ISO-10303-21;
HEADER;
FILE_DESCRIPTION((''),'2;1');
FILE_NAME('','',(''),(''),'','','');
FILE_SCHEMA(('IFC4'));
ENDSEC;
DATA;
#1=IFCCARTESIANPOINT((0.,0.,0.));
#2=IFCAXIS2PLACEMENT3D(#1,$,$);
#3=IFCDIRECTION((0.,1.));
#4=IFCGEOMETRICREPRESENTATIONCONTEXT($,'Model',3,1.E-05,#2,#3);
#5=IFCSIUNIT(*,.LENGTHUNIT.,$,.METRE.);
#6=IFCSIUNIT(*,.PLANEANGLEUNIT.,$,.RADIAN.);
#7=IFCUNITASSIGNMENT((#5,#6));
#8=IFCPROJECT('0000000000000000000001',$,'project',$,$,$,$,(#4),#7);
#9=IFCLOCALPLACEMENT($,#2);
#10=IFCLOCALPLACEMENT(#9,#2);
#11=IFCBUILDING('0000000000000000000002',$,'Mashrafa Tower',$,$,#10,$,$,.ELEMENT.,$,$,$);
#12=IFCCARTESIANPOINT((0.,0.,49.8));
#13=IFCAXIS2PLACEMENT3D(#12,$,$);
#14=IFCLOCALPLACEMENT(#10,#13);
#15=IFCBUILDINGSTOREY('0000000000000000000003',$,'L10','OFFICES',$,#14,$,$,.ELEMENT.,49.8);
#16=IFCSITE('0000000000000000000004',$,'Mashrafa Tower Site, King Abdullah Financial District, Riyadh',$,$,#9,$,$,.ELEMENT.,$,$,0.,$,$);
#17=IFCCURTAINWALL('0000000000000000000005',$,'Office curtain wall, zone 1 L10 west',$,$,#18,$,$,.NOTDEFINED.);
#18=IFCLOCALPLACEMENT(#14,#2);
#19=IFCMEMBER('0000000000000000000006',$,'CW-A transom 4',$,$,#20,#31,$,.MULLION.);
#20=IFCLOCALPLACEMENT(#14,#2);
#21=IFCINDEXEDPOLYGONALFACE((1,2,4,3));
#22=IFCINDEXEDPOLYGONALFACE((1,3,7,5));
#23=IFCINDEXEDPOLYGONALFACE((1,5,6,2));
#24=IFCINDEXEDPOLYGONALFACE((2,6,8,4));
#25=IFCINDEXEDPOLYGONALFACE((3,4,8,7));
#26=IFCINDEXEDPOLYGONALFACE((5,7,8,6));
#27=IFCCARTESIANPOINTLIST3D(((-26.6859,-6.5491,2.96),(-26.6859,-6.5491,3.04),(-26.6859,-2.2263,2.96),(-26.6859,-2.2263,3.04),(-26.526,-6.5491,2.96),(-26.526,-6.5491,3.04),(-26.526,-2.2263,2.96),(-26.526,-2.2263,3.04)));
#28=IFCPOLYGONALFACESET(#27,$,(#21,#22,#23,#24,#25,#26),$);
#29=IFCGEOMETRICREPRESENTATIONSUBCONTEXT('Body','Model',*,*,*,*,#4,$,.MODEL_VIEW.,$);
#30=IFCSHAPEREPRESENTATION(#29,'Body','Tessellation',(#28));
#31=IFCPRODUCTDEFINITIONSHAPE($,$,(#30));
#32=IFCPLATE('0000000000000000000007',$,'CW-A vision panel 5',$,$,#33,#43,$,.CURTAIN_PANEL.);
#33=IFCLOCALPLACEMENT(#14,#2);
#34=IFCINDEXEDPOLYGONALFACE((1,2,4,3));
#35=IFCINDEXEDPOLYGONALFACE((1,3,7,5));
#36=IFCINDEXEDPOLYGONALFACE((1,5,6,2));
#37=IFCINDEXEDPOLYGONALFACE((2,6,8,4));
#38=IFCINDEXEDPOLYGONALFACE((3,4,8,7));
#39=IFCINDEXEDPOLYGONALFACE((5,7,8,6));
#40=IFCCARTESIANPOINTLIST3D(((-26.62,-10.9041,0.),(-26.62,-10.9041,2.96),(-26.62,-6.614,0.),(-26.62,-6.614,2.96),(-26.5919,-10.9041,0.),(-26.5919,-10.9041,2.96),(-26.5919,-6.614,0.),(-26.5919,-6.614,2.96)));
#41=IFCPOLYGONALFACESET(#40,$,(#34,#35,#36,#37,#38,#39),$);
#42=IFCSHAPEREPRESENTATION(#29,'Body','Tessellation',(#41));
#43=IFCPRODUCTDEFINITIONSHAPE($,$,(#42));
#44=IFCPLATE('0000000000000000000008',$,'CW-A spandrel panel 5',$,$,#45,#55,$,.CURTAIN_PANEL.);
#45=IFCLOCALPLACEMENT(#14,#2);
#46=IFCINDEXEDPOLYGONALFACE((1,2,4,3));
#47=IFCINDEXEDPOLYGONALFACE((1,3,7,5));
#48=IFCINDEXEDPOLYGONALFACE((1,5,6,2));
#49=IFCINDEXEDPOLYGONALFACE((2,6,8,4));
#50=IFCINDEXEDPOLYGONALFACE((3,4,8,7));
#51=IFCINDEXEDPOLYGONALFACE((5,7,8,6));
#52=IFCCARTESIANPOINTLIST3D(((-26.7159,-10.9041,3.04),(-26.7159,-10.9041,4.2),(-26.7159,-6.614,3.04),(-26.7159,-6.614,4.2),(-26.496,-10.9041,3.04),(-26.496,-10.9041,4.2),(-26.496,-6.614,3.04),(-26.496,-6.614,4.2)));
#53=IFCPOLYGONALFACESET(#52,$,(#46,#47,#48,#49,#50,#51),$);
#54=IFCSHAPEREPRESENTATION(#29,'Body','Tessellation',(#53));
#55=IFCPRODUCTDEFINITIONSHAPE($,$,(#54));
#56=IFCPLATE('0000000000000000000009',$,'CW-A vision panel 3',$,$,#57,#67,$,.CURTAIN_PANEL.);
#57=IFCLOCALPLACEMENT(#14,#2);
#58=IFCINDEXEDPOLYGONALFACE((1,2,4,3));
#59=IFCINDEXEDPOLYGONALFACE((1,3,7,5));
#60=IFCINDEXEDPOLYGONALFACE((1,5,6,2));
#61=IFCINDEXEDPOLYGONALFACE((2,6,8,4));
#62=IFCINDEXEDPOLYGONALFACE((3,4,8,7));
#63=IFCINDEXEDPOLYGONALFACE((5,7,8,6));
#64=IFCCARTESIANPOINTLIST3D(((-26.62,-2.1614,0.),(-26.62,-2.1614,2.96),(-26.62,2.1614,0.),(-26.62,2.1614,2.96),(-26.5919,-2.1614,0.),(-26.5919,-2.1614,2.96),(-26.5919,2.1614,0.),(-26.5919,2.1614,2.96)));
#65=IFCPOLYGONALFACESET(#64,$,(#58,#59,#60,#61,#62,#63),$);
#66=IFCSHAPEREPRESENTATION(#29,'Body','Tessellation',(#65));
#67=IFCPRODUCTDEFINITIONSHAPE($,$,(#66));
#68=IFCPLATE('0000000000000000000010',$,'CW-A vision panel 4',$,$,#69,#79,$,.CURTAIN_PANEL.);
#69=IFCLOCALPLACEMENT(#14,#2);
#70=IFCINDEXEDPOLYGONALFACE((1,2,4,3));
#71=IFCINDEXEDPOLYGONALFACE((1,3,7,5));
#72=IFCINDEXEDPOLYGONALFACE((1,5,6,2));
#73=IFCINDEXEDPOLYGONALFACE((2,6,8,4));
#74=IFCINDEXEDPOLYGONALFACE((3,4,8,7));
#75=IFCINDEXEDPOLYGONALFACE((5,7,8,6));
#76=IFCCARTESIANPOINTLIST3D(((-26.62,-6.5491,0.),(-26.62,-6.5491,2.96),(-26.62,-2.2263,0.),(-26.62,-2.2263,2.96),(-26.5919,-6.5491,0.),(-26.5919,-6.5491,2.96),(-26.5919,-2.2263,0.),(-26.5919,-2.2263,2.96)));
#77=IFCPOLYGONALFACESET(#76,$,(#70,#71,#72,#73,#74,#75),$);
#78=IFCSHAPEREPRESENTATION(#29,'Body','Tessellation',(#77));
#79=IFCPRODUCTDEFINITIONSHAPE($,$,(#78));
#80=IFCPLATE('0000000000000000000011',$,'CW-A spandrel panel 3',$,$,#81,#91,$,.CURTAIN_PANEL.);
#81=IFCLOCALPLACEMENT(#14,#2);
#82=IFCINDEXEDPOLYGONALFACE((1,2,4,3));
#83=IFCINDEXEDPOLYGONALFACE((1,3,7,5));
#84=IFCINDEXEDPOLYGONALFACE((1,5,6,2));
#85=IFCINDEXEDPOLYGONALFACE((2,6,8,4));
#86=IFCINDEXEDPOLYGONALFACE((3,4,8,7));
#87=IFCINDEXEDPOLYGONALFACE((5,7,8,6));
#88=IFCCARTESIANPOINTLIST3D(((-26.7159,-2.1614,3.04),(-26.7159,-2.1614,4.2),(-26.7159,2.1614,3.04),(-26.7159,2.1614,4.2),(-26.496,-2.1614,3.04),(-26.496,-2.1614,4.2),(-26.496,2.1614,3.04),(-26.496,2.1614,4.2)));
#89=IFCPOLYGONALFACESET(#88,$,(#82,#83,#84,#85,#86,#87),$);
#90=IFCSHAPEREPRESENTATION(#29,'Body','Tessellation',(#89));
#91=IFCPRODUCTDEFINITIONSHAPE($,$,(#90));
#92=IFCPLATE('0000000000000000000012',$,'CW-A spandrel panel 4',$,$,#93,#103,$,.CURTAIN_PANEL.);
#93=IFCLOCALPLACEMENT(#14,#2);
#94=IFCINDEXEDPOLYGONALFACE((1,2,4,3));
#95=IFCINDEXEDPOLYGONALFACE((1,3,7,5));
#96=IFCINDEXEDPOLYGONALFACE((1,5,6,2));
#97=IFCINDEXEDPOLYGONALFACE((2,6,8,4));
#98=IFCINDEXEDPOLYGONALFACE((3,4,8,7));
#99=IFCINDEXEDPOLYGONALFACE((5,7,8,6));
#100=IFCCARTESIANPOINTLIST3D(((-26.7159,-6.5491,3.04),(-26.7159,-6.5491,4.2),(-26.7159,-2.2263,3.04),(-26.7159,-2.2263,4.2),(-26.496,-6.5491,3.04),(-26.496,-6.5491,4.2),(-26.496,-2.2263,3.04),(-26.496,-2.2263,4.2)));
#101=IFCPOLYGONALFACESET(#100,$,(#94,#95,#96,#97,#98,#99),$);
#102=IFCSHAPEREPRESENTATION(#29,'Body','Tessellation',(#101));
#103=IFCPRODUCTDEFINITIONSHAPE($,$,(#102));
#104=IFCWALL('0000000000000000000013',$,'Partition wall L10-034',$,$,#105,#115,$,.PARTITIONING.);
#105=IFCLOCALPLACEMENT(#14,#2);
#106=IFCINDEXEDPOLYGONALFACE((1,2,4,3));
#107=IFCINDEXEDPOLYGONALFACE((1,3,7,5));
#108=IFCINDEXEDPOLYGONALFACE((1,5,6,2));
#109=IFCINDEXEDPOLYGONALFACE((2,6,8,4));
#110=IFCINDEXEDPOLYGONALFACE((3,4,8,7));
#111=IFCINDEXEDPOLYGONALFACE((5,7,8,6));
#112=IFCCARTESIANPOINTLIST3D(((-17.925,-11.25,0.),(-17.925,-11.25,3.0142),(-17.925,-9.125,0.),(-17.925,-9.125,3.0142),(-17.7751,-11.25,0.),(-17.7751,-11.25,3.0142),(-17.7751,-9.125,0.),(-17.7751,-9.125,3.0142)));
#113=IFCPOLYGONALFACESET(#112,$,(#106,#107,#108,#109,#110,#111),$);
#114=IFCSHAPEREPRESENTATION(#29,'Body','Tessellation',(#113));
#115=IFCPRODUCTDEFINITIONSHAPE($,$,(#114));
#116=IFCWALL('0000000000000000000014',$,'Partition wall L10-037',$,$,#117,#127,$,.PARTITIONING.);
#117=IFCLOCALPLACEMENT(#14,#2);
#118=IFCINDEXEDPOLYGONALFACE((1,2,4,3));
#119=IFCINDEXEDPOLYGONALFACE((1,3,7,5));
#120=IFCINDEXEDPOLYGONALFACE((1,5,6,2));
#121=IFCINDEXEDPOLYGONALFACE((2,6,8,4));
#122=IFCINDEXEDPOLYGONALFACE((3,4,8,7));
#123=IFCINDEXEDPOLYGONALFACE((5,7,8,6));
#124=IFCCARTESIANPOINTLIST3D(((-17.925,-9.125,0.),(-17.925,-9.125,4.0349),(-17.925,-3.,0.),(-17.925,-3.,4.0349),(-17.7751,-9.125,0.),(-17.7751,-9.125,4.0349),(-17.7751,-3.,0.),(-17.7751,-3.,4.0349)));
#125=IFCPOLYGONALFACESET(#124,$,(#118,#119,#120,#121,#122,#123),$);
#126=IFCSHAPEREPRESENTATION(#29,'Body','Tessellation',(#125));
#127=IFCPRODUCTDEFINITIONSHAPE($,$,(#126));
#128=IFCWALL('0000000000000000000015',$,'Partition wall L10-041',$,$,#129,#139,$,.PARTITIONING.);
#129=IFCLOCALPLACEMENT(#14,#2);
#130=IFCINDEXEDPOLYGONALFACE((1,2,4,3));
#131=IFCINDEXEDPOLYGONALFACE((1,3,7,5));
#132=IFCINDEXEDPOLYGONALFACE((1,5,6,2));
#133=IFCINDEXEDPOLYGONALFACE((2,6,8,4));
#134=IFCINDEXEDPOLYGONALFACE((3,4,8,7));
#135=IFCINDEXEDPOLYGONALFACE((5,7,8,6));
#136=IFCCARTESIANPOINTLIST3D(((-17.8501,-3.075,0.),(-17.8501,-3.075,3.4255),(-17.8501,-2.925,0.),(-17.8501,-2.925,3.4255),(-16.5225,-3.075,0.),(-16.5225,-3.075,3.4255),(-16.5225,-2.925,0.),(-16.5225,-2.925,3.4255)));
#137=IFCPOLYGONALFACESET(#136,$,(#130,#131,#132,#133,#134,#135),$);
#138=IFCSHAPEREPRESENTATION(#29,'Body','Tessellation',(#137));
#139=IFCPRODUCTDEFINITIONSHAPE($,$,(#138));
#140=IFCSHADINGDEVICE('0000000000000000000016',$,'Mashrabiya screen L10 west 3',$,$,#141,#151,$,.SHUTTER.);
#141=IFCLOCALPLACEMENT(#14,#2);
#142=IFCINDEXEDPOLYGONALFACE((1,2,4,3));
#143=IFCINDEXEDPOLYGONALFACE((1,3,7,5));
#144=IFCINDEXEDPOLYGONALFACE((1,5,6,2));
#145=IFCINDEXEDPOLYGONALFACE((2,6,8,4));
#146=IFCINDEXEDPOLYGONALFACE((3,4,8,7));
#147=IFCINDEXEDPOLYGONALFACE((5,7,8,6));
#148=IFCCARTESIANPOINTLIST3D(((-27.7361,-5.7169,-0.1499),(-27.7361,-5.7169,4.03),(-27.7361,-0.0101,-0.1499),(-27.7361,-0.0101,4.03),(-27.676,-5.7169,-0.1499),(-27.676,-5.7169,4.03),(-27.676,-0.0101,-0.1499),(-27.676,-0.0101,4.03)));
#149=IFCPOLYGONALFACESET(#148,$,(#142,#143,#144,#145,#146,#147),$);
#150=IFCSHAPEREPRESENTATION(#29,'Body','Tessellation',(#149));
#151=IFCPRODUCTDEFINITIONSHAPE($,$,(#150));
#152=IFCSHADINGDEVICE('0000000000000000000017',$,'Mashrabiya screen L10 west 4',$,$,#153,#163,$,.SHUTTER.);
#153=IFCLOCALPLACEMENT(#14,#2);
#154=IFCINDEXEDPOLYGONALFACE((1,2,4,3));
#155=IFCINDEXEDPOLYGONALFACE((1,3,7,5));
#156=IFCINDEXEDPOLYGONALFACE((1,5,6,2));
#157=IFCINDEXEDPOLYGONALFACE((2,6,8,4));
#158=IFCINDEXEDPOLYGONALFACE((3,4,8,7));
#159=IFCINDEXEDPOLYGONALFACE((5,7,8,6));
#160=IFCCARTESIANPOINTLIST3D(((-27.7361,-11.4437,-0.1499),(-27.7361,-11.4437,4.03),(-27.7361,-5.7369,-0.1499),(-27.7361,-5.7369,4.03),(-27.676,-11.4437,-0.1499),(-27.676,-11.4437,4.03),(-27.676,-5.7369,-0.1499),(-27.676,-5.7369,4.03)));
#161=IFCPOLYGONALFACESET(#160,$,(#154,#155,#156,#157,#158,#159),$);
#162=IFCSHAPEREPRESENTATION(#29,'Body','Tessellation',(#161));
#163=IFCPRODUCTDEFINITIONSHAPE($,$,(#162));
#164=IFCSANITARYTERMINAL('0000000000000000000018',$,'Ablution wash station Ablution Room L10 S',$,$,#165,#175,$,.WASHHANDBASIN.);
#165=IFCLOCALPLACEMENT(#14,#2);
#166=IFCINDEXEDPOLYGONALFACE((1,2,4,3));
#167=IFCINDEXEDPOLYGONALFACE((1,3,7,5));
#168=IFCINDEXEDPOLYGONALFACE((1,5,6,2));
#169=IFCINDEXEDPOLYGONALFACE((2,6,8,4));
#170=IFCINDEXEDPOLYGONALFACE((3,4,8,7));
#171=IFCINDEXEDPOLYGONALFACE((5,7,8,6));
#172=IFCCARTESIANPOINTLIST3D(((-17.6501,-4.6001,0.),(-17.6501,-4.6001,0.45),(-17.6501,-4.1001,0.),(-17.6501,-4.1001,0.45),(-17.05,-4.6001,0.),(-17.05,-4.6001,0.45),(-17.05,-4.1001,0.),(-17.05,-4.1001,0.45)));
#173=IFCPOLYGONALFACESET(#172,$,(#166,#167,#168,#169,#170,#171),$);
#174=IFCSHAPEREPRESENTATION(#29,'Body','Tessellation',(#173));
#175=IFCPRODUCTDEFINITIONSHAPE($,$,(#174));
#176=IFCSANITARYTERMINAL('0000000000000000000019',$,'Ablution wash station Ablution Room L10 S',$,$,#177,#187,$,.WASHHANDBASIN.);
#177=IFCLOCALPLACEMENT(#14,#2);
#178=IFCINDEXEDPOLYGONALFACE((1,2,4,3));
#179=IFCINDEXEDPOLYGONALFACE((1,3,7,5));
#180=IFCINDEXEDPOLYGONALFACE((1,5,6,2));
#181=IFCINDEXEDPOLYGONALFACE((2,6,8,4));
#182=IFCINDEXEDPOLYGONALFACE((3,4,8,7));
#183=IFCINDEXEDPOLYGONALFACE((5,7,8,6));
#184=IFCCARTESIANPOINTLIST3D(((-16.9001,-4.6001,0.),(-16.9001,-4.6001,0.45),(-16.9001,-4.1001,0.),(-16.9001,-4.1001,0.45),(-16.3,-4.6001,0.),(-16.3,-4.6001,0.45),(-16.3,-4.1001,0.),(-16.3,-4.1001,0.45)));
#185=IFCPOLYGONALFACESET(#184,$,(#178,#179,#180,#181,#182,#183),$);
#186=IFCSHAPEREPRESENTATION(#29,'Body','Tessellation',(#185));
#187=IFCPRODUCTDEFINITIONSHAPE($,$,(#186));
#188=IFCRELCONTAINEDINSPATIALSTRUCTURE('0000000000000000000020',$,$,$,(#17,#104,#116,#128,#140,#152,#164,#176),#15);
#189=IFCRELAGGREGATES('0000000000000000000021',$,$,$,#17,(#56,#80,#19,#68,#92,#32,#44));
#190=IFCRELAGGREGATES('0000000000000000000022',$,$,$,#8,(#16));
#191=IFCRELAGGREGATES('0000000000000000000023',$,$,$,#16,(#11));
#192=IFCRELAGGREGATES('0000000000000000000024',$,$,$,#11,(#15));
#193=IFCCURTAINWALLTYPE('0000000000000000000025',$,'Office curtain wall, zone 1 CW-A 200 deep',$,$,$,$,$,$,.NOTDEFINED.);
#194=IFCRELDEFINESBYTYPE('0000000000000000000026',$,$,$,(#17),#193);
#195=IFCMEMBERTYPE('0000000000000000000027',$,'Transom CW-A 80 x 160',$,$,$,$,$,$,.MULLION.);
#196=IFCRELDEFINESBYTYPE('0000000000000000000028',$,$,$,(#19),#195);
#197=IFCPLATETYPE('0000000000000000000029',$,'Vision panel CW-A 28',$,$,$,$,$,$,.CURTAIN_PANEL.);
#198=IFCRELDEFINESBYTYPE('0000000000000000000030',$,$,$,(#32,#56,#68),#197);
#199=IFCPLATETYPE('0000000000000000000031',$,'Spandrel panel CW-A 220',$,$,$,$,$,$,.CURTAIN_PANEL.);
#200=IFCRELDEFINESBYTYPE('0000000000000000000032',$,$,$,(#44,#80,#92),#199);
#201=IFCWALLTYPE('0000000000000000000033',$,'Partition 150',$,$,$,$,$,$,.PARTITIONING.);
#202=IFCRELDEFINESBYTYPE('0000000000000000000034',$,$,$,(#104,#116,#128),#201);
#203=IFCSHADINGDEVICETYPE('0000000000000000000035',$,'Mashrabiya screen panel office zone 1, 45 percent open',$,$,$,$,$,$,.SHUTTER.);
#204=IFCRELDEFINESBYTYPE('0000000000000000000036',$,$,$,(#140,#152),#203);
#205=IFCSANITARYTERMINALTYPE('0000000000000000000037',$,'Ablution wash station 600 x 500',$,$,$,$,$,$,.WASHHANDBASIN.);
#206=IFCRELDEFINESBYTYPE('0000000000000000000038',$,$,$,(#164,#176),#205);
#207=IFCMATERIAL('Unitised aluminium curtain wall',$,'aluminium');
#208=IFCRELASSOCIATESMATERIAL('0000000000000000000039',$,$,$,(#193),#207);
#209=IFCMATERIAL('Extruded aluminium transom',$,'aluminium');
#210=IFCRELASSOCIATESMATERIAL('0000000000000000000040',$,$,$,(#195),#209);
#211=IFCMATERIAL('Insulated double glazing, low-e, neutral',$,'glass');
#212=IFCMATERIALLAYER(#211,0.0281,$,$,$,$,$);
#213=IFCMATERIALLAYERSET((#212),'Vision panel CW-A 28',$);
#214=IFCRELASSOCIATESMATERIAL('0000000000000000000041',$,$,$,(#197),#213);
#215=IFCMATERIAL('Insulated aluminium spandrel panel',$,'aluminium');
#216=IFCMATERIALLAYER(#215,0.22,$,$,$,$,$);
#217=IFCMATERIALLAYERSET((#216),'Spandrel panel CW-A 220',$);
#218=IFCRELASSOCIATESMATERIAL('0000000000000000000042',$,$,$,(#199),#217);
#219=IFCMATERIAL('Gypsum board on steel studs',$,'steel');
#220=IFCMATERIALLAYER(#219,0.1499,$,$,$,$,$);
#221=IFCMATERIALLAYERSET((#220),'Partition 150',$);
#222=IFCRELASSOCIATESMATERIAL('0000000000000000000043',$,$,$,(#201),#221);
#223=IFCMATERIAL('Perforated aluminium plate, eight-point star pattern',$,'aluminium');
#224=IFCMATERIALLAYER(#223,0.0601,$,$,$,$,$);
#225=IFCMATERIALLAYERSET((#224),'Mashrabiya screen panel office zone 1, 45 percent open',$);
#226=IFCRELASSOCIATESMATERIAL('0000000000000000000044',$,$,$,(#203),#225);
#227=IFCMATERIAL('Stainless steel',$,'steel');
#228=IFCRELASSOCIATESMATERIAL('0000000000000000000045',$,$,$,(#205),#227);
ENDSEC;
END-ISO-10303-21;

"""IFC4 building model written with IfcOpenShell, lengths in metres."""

from ifc_helpers import new_model, si_unit, direction, frame, frame_2d, origin, origin_2d, place, context, subcontext, project, spatial, rectangle, extrude, source, transform, mapped, material, layer, layer_set, material_profile, profile_set, type_object, type_shapes, element, aggregate, save


model = new_model("IFC4")

# Units and contexts
model_context = context("Model", 3, precision=1e-05, world=origin(), true_north=direction((0.0, 1.0)))
body_context = subcontext(model_context, "Body", "Model", "MODEL_VIEW")
ifc_project = project(units=[si_unit("LENGTHUNIT", "METRE"), si_unit("PLANEANGLEUNIT", "RADIAN")], contexts=[model_context])

# Site, building, storey
site_placement = place(None, origin())
site = spatial("IfcSite", under=ifc_project, at=site_placement, Name="Mashrafa Tower Site, King Abdullah Financial District, Riyadh", CompositionType="ELEMENT", RefElevation=0.0)
building_placement = place(site_placement, origin())
building = spatial("IfcBuilding", under=site, at=building_placement, Name="Mashrafa Tower", CompositionType="ELEMENT")
storey_placement = place(building_placement, frame((0.0, 0.0, 49.8)))
storey = spatial("IfcBuildingStorey", under=building, at=storey_placement, Name="L10", Description="OFFICES", CompositionType="ELEMENT", Elevation=49.8)

# Curtain wall, member, plates
ifc_material_1 = material(Name="Unitised aluminium curtain wall", Category="aluminium")
curtain_wall_type = type_object("IfcCurtainWallType", Name="Office curtain wall, zone 1 CW-A 200 deep", PredefinedType="NOTDEFINED", material=ifc_material_1)
curtain_wall_placement = place(storey_placement, origin())
curtain_wall = element("IfcCurtainWall", 1, at=curtain_wall_placement, inside=storey, type_object=curtain_wall_type, Name="Office curtain wall, zone 1 L10 west", PredefinedType="NOTDEFINED")
ifc_material_2 = material(Name="Extruded aluminium transom", Category="aluminium")
ifc_material_profile_1 = material_profile(ifc_material_2, rectangle(XDim=0.1599, YDim=0.0801, at=origin_2d()), Name="Transom 80x160")
ifc_profile_set_1 = profile_set([ifc_material_profile_1], Name="Extruded aluminium transom")
member_type_1 = type_object("IfcMemberType", Name="Transom CW-A 80 x 160", PredefinedType="MULLION", material=ifc_profile_set_1)
shared_shape_1 = source(origin(), body_context, "Body", "SweptSolid", [
    extrude(rectangle(XDim=0.1599, YDim=0.0801, at=origin_2d()), origin(), (0.0, 0.0, 1.0), 4.3228),
])
member_1_placement = place(storey_placement, frame((-26.606, -2.2263, 3.0), z_axis=(0.0, -1.0, 0.0), x_axis=(1.0, 0.0, 0.0)))
member_1 = element("IfcMember", 2, at=member_1_placement, type_object=member_type_1, Name="CW-A transom 4", PredefinedType="MULLION", context=body_context, shape_type="MappedRepresentation", body=[
    mapped(shared_shape_1, transform((0.0, 0.0, 0.0))),
])
ifc_material_3 = material(Name="Insulated double glazing, low-e, neutral", Category="glass")
ifc_layer_1 = layer(ifc_material_3, 0.0281)
ifc_layer_set_1 = layer_set([ifc_layer_1], Name="Vision panel CW-A 28")
plate_type_1 = type_object("IfcPlateType", Name="Vision panel CW-A 28", PredefinedType="CURTAIN_PANEL", material=ifc_layer_set_1)
shared_shape_2 = source(origin(), body_context, "Body", "SweptSolid", [
    extrude(rectangle(XDim=4.29, YDim=0.0281, at=origin_2d()), origin(), (0.0, 0.0, 1.0), 2.96),
])
plate_1_placement = place(storey_placement, frame((-26.606, -8.759, 0.0), z_axis=(0.0, 0.0, 1.0), x_axis=(0.0, -1.0, 0.0)))
plate_1 = element("IfcPlate", 3, at=plate_1_placement, type_object=plate_type_1, Name="CW-A vision panel 5", PredefinedType="CURTAIN_PANEL", context=body_context, shape_type="MappedRepresentation", body=[
    mapped(shared_shape_2, transform((0.0, 0.0, 0.0))),
])
ifc_material_4 = material(Name="Insulated aluminium spandrel panel", Category="aluminium")
ifc_layer_2 = layer(ifc_material_4, 0.22)
ifc_layer_set_2 = layer_set([ifc_layer_2], Name="Spandrel panel CW-A 220")
plate_type_2 = type_object("IfcPlateType", Name="Spandrel panel CW-A 220", PredefinedType="CURTAIN_PANEL", material=ifc_layer_set_2)
shared_shape_3 = source(origin(), body_context, "Body", "SweptSolid", [
    extrude(rectangle(XDim=4.29, YDim=0.22, at=origin_2d()), origin(), (0.0, 0.0, 1.0), 1.1599),
])
plate_2_placement = place(storey_placement, frame((-26.606, -8.759, 3.04), z_axis=(0.0, 0.0, 1.0), x_axis=(0.0, -1.0, 0.0)))
plate_2 = element("IfcPlate", 4, at=plate_2_placement, type_object=plate_type_2, Name="CW-A spandrel panel 5", PredefinedType="CURTAIN_PANEL", context=body_context, shape_type="MappedRepresentation", body=[
    mapped(shared_shape_3, transform((0.0, 0.0, 0.0))),
])
shared_shape_4 = source(origin(), body_context, "Body", "SweptSolid", [
    extrude(rectangle(XDim=4.3228, YDim=0.0281, at=origin_2d()), origin(), (0.0, 0.0, 1.0), 2.96),
])
type_shapes(plate_type_1, [shared_shape_2, shared_shape_4])
plate_3_placement = place(storey_placement, frame((-26.606, 0.0, 0.0), z_axis=(0.0, 0.0, 1.0), x_axis=(0.0, -1.0, 0.0)))
plate_3 = element("IfcPlate", 5, at=plate_3_placement, type_object=plate_type_1, Name="CW-A vision panel 3", PredefinedType="CURTAIN_PANEL", context=body_context, shape_type="MappedRepresentation", body=[
    mapped(shared_shape_4, transform((0.0, 0.0, 0.0))),
])
plate_4_placement = place(storey_placement, frame((-26.606, -4.3877, 0.0), z_axis=(0.0, 0.0, 1.0), x_axis=(0.0, -1.0, 0.0)))
plate_4 = element("IfcPlate", 6, at=plate_4_placement, type_object=plate_type_1, Name="CW-A vision panel 4", PredefinedType="CURTAIN_PANEL", context=body_context, shape_type="MappedRepresentation", body=[
    mapped(shared_shape_4, transform((0.0, 0.0, 0.0))),
])
shared_shape_5 = source(origin(), body_context, "Body", "SweptSolid", [
    extrude(rectangle(XDim=4.3228, YDim=0.22, at=origin_2d()), origin(), (0.0, 0.0, 1.0), 1.1599),
])
type_shapes(plate_type_2, [shared_shape_3, shared_shape_5])
plate_5_placement = place(storey_placement, frame((-26.606, 0.0, 3.04), z_axis=(0.0, 0.0, 1.0), x_axis=(0.0, -1.0, 0.0)))
plate_5 = element("IfcPlate", 7, at=plate_5_placement, type_object=plate_type_2, Name="CW-A spandrel panel 3", PredefinedType="CURTAIN_PANEL", context=body_context, shape_type="MappedRepresentation", body=[
    mapped(shared_shape_5, transform((0.0, 0.0, 0.0))),
])
plate_6_placement = place(storey_placement, frame((-26.606, -4.3877, 3.04), z_axis=(0.0, 0.0, 1.0), x_axis=(0.0, -1.0, 0.0)))
plate_6 = element("IfcPlate", 8, at=plate_6_placement, type_object=plate_type_2, Name="CW-A spandrel panel 4", PredefinedType="CURTAIN_PANEL", context=body_context, shape_type="MappedRepresentation", body=[
    mapped(shared_shape_5, transform((0.0, 0.0, 0.0))),
])
aggregate(curtain_wall, [plate_3, plate_5, member_1, plate_4, plate_6, plate_1, plate_2])

# Walls
ifc_material_5 = material(Name="Gypsum board on steel studs", Category="steel")
ifc_layer_3 = layer(ifc_material_5, 0.1499)
ifc_layer_set_3 = layer_set([ifc_layer_3], Name="Partition 150")
wall_type = type_object("IfcWallType", Name="Partition 150", PredefinedType="PARTITIONING", material=ifc_layer_set_3)
wall_1_placement = place(storey_placement, frame((-17.8501, -9.125, 0.0), z_axis=(0.0, 0.0, 1.0), x_axis=(0.0, -1.0, 0.0)))
element("IfcWall", 9, at=wall_1_placement, inside=storey, type_object=wall_type, Name="Partition wall L10-034", PredefinedType="PARTITIONING", context=body_context, shape_type="SweptSolid", body=[
    extrude(rectangle(XDim=2.125, YDim=0.1499, at=frame_2d((1.0625, 0.0))), origin(), (0.0, 0.0, 1.0), 3.0142),
])
wall_2_placement = place(storey_placement, frame((-17.8501, -9.125, 0.0), z_axis=(0.0, 0.0, 1.0), x_axis=(0.0, 1.0, 0.0)))
element("IfcWall", 10, at=wall_2_placement, inside=storey, type_object=wall_type, Name="Partition wall L10-037", PredefinedType="PARTITIONING", context=body_context, shape_type="SweptSolid", body=[
    extrude(rectangle(XDim=6.125, YDim=0.1499, at=frame_2d((3.0625, 0.0))), origin(), (0.0, 0.0, 1.0), 4.0349),
])
wall_3_placement = place(storey_placement, frame((-16.5225, -3.0, 0.0), z_axis=(0.0, 0.0, 1.0), x_axis=(-1.0, 0.0, 0.0)))
element("IfcWall", 11, at=wall_3_placement, inside=storey, type_object=wall_type, Name="Partition wall L10-041", PredefinedType="PARTITIONING", context=body_context, shape_type="SweptSolid", body=[
    extrude(rectangle(XDim=1.3276, YDim=0.1499, at=frame_2d((0.6638, 0.0))), origin(), (0.0, 0.0, 1.0), 3.4255),
])

# Shading devices
ifc_material_6 = material(Name="Perforated aluminium plate, eight-point star pattern", Category="aluminium")
ifc_layer_4 = layer(ifc_material_6, 0.0601)
ifc_layer_set_4 = layer_set([ifc_layer_4], Name="Mashrabiya screen panel office zone 1, 45 percent open")
shading_device_type = type_object("IfcShadingDeviceType", Name="Mashrabiya screen panel office zone 1, 45 percent open", PredefinedType="SHUTTER", material=ifc_layer_set_4)
shared_shape_6 = source(origin(), body_context, "Body", "SweptSolid", [
    extrude(rectangle(XDim=5.7068, YDim=0.0601, at=origin_2d()), origin(), (0.0, 0.0, 1.0), 4.1799),
])
type_shapes(shading_device_type, [shared_shape_6])
for number, where, z_axis, x_axis, name in (
    (12, (-27.7061, -2.8635, -0.1499), (0.0, 0.0, 1.0), (0.0, -1.0, 0.0), "Mashrabiya screen L10 west 3"),
    (13, (-27.7061, -8.5903, -0.1499), (0.0, 0.0, 1.0), (0.0, -1.0, 0.0), "Mashrabiya screen L10 west 4"),
):
    element("IfcShadingDevice", number, at=place(storey_placement, frame(where, z_axis=z_axis, x_axis=x_axis)), inside=storey, type_object=shading_device_type, Name=name, PredefinedType="SHUTTER", context=body_context, shape_type="MappedRepresentation", body=[
        mapped(shared_shape_6, transform((0.0, 0.0, 0.0))),
    ])

# Sanitary terminals
ifc_material_7 = material(Name="Stainless steel", Category="steel")
sanitary_terminal_type_1 = type_object("IfcSanitaryTerminalType", Name="Ablution wash station 600 x 500", PredefinedType="WASHHANDBASIN", material=ifc_material_7)
for number, where, z_axis, x_axis, name in (
    (14, (-17.3501, -4.3501, 0.0), (0.0, 0.0, 1.0), (1.0, 0.0, 0.0), "Ablution wash station Ablution Room L10 S"),
    (15, (-16.6001, -4.3501, 0.0), (0.0, 0.0, 1.0), (1.0, 0.0, 0.0), "Ablution wash station Ablution Room L10 S"),
):
    element("IfcSanitaryTerminal", number, at=place(storey_placement, frame(where, z_axis=z_axis, x_axis=x_axis)), inside=storey, type_object=sanitary_terminal_type_1, Name=name, PredefinedType="WASHHANDBASIN", context=body_context, shape_type="SweptSolid", body=[
        extrude(rectangle(XDim=0.6001, YDim=0.5, at=origin_2d()), origin(), (0.0, 0.0, 1.0), 0.45),
    ])

save(model, "model.ifc")
